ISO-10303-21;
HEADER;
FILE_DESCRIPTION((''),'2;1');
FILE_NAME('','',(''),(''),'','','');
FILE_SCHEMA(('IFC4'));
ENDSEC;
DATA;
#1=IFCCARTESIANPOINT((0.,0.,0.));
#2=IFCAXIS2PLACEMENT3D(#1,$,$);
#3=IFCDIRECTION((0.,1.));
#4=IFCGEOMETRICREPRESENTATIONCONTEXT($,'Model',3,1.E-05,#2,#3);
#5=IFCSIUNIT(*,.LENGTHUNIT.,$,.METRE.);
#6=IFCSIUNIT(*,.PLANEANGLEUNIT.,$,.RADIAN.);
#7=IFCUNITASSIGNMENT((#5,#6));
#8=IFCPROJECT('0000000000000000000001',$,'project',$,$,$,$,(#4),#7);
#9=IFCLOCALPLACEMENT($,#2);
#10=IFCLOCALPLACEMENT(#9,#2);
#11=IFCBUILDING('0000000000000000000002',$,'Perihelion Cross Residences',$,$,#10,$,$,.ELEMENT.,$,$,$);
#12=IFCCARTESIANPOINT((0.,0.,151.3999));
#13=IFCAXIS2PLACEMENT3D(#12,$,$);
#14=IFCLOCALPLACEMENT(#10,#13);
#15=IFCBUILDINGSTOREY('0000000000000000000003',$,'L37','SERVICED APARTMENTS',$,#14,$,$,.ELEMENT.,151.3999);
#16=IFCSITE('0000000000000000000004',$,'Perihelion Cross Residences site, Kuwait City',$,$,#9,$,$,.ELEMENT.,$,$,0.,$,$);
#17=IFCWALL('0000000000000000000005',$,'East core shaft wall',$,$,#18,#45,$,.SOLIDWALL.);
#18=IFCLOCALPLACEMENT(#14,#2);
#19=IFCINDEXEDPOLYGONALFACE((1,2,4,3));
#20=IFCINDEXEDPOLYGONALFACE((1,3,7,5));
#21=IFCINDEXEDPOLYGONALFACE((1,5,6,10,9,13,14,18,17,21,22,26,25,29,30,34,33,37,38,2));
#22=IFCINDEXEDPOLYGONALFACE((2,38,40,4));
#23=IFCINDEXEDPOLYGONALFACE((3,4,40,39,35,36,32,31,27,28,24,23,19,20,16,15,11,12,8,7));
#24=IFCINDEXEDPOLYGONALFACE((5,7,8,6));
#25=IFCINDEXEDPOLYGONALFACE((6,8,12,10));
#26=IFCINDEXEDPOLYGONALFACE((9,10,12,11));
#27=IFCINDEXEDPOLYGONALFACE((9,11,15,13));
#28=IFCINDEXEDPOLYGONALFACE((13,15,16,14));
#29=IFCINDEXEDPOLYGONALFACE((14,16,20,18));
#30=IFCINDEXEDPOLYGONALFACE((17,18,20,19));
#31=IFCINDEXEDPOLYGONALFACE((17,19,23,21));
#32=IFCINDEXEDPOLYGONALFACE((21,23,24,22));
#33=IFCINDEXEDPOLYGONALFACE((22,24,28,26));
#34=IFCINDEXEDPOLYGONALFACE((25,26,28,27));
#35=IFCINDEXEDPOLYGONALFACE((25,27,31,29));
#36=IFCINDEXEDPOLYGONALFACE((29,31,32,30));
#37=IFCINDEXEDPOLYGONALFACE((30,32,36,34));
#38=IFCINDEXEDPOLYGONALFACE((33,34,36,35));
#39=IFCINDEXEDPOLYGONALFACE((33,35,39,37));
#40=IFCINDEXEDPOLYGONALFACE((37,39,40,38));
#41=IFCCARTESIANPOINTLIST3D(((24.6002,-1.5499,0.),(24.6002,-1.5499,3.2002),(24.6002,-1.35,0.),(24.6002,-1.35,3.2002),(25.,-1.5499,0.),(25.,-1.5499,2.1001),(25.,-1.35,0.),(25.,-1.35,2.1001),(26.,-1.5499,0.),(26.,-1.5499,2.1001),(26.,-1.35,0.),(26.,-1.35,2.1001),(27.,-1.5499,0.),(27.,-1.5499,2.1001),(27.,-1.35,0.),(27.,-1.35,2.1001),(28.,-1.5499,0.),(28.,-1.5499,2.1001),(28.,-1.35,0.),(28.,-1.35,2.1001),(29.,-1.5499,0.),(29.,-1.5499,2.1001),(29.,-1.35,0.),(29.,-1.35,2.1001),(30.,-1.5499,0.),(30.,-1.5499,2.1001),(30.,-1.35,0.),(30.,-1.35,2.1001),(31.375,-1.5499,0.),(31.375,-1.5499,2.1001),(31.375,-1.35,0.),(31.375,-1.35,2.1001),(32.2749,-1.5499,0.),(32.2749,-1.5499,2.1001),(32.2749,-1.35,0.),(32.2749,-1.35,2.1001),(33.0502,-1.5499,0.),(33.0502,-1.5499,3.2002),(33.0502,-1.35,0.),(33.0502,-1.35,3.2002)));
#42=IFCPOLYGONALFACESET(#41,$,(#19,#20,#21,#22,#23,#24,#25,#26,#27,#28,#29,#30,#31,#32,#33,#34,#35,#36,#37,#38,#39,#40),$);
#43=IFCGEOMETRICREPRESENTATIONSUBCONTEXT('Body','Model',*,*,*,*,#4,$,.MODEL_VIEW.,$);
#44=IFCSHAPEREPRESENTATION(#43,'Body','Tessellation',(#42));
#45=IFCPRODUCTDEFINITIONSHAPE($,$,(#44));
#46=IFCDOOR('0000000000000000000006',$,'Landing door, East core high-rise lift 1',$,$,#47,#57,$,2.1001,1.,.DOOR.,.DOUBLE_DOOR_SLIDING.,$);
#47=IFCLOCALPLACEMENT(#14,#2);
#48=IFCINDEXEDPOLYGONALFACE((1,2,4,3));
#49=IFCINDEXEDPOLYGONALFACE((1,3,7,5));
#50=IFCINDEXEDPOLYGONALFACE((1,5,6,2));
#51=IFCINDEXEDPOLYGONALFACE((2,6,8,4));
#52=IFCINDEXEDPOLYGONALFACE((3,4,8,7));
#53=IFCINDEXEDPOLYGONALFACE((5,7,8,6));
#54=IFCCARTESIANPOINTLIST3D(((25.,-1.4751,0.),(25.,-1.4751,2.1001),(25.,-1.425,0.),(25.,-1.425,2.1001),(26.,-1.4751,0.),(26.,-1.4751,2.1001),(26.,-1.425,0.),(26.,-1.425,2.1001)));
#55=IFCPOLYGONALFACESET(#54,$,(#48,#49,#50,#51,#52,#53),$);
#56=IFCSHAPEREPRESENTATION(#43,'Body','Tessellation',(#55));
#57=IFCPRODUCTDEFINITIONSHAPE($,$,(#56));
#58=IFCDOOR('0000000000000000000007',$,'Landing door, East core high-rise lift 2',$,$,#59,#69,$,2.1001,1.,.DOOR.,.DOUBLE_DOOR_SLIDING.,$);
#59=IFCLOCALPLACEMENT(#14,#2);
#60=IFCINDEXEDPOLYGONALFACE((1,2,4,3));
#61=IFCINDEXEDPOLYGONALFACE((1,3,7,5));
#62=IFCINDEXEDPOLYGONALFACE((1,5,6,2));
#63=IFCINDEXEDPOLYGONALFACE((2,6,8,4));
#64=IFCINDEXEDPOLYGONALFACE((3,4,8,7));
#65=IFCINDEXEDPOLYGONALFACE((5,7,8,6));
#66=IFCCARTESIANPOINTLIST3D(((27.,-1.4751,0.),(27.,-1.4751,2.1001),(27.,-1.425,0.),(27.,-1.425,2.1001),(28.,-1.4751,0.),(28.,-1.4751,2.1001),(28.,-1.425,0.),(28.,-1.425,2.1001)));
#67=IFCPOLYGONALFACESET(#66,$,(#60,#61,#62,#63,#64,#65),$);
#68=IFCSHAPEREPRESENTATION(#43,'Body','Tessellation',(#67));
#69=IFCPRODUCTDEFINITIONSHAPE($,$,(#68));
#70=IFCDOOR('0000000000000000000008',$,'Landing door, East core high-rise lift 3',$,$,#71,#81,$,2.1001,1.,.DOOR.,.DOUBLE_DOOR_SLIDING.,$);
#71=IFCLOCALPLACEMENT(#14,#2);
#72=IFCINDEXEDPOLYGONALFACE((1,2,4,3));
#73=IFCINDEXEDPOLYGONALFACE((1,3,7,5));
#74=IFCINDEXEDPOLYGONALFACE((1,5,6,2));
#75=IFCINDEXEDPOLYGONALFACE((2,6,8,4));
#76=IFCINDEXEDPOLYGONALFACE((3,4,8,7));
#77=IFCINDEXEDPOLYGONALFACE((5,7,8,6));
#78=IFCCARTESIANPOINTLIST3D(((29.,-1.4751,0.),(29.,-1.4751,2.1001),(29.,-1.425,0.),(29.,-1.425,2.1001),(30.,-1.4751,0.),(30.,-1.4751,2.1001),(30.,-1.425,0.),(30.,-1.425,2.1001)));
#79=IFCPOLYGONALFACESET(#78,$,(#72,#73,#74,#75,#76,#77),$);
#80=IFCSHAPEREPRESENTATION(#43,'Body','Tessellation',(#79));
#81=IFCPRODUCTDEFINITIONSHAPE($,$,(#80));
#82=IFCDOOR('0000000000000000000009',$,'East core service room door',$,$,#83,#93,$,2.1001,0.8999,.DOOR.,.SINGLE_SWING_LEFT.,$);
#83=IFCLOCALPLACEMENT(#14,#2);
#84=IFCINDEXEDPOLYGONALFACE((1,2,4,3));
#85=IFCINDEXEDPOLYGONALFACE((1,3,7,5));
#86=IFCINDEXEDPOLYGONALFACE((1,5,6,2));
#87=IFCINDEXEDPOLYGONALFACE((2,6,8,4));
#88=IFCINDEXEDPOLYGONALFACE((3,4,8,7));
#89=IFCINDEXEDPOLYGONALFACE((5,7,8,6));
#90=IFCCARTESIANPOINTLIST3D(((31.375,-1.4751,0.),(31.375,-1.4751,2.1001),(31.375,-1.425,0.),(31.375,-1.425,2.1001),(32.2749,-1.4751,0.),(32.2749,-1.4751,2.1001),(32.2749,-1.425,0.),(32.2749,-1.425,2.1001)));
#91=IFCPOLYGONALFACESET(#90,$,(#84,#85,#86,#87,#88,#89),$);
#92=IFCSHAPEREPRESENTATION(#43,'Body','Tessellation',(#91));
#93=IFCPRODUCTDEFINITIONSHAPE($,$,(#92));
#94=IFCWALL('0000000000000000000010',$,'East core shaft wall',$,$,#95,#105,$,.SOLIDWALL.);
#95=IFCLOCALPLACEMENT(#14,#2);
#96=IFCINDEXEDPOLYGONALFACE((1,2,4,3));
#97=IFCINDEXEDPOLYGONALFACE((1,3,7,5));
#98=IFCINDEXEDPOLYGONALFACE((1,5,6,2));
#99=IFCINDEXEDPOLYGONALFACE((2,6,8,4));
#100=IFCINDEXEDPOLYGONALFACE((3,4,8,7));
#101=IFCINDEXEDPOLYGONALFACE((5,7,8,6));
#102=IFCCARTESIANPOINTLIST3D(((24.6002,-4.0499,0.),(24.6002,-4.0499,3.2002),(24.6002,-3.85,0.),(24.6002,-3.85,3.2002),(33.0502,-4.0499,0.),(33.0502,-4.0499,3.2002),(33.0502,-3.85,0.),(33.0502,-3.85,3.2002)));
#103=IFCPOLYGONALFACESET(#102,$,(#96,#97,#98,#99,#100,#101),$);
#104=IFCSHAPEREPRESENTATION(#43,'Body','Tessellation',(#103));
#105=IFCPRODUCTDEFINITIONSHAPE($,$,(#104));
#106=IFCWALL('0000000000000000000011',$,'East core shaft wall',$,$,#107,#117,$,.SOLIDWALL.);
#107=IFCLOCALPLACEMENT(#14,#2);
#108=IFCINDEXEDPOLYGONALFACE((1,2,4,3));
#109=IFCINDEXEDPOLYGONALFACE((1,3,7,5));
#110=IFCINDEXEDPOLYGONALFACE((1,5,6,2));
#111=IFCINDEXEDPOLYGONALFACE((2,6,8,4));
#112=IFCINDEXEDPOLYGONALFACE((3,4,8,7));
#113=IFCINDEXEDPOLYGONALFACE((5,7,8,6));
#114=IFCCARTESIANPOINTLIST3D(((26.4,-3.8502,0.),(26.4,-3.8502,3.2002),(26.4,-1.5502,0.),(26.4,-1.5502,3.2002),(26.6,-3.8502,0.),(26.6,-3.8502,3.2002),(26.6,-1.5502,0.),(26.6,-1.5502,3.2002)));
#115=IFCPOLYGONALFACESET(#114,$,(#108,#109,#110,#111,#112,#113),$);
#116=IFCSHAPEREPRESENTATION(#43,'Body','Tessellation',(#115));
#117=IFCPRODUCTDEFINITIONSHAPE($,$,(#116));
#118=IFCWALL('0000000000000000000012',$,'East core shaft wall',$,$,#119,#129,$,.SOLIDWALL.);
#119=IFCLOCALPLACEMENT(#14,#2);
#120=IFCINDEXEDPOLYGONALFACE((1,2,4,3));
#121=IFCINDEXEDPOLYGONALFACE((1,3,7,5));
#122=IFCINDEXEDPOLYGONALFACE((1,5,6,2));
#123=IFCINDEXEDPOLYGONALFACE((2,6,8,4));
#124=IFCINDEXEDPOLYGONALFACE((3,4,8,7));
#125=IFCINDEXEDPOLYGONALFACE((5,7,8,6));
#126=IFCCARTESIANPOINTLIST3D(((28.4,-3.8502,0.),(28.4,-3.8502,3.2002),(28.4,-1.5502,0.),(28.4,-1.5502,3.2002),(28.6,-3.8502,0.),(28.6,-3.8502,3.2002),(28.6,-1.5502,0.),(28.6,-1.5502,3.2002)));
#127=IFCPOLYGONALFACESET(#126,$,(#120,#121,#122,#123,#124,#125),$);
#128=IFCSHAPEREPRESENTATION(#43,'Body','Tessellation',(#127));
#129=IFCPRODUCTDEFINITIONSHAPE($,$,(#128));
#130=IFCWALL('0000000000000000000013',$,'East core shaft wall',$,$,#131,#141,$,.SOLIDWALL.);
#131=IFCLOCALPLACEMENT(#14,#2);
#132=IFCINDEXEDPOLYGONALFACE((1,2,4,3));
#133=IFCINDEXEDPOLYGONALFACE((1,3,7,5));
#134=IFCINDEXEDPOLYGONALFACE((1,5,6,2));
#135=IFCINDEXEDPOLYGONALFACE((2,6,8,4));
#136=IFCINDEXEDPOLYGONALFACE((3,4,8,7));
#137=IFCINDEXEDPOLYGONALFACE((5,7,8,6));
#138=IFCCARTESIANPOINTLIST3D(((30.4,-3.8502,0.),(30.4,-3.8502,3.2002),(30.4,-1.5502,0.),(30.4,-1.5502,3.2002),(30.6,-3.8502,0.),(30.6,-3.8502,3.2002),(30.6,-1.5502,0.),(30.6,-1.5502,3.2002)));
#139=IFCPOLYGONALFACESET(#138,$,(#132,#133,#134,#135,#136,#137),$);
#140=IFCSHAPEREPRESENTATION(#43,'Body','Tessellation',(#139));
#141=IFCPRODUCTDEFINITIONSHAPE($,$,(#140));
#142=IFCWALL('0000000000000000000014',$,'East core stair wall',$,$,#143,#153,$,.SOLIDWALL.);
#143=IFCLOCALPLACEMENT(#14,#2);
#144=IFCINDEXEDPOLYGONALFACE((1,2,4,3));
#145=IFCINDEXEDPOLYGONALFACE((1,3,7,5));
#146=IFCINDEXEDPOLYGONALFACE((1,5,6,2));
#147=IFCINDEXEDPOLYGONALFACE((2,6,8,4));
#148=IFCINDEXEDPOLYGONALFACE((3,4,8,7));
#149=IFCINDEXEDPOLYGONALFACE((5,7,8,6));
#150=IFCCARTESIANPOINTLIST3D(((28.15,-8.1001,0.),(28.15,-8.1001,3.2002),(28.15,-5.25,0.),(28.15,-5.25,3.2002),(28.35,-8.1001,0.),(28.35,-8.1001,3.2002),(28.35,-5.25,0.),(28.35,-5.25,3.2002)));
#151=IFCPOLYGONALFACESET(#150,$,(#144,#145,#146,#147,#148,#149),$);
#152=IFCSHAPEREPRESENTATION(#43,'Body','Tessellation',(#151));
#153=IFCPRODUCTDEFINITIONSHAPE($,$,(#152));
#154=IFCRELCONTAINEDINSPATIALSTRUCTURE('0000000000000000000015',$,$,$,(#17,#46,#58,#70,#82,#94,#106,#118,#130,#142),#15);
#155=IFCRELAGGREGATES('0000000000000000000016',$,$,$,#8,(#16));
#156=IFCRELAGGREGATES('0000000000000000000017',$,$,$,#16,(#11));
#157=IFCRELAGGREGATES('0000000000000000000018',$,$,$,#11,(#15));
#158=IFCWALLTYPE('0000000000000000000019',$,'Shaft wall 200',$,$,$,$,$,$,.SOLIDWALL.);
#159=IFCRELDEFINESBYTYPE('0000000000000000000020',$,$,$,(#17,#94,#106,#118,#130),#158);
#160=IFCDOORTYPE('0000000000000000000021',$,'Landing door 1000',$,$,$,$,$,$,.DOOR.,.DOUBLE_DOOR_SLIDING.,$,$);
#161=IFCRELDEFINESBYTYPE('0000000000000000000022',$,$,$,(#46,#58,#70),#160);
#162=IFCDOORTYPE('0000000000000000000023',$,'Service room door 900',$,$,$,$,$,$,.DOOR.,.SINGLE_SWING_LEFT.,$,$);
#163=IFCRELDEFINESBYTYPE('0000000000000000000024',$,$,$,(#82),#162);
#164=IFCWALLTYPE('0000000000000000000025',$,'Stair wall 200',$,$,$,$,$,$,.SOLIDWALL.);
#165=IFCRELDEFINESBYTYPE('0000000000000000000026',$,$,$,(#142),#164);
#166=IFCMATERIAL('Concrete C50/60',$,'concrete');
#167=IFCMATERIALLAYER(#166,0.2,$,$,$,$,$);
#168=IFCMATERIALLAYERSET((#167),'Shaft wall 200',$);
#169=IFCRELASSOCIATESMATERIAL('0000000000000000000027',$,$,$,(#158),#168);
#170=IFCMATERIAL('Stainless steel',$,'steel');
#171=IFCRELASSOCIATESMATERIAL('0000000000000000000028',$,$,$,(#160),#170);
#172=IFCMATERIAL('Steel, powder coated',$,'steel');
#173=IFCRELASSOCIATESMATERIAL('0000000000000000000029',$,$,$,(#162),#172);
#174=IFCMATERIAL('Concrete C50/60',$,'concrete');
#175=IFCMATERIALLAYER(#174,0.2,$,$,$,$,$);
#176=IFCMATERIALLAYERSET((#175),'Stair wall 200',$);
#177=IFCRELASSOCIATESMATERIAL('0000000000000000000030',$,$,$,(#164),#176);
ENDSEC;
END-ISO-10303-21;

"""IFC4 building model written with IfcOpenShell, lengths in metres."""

from ifc_helpers import new_model, si_unit, direction, frame, frame_2d, origin, place, context, subcontext, project, spatial, rectangle, extrude, material, layer, layer_set, type_object, element, fill, save


model = new_model("IFC4")

# Units and contexts
model_context = context("Model", 3, precision=1e-05, world=origin(), true_north=direction((0.0, 1.0)))
body_context = subcontext(model_context, "Body", "Model", "MODEL_VIEW")
ifc_project = project(units=[si_unit("LENGTHUNIT", "METRE"), si_unit("PLANEANGLEUNIT", "RADIAN")], contexts=[model_context])

# Site, building, storey
site_placement = place(None, origin())
site = spatial("IfcSite", under=ifc_project, at=site_placement, Name="Perihelion Cross Residences site, Kuwait City", CompositionType="ELEMENT", RefElevation=0.0)
building_placement = place(site_placement, origin())
building = spatial("IfcBuilding", under=site, at=building_placement, Name="Perihelion Cross Residences", CompositionType="ELEMENT")
storey_placement = place(building_placement, frame((0.0, 0.0, 151.3999)))
storey = spatial("IfcBuildingStorey", under=building, at=storey_placement, Name="L37", Description="SERVICED APARTMENTS", CompositionType="ELEMENT", Elevation=151.3999)

# Wall, openings, doors
ifc_material_1 = material(Name="Concrete C50/60", Category="concrete")
ifc_layer_1 = layer(ifc_material_1, 0.2)
ifc_layer_set_1 = layer_set([ifc_layer_1], Name="Shaft wall 200")
wall_type_1 = type_object("IfcWallType", Name="Shaft wall 200", PredefinedType="SOLIDWALL", material=ifc_layer_set_1)
wall_1_placement = place(storey_placement, frame((24.6001, -1.45, 0.0), z_axis=(0.0, 0.0, 1.0), x_axis=(1.0, 0.0, 0.0)))
wall_1 = element("IfcWall", 1, at=wall_1_placement, inside=storey, type_object=wall_type_1, Name="East core shaft wall", PredefinedType="SOLIDWALL", context=body_context, shape_type="SweptSolid", body=[
    extrude(rectangle(XDim=8.45, YDim=0.2, at=frame_2d((4.2251, 0.0))), origin(), (0.0, 0.0, 1.0), 3.2002),
])
opening_1_placement = place(wall_1_placement, frame((0.3999, 0.0, 0.0)))
opening_1 = element("IfcOpeningElement", 2, at=opening_1_placement, cuts=wall_1, PredefinedType="OPENING", context=body_context, shape_type="SweptSolid", body=[
    extrude(rectangle(XDim=1.0, YDim=2.1001, at=frame_2d((0.5, 1.05))), frame((0.0, 0.1099, 0.0), z_axis=(0.0, -1.0, 0.0), x_axis=(1.0, 0.0, 0.0)), (0.0, 0.0, 1.0), 0.22),
])
opening_2_placement = place(wall_1_placement, frame((2.3999, 0.0, 0.0)))
opening_2 = element("IfcOpeningElement", 3, at=opening_2_placement, cuts=wall_1, PredefinedType="OPENING", context=body_context, shape_type="SweptSolid", body=[
    extrude(rectangle(XDim=1.0, YDim=2.1001, at=frame_2d((0.5, 1.05))), frame((0.0, 0.1099, 0.0), z_axis=(0.0, -1.0, 0.0), x_axis=(1.0, 0.0, 0.0)), (0.0, 0.0, 1.0), 0.22),
])
opening_3_placement = place(wall_1_placement, frame((4.3999, 0.0, 0.0)))
opening_3 = element("IfcOpeningElement", 4, at=opening_3_placement, cuts=wall_1, PredefinedType="OPENING", context=body_context, shape_type="SweptSolid", body=[
    extrude(rectangle(XDim=1.0, YDim=2.1001, at=frame_2d((0.5, 1.05))), frame((0.0, 0.1099, 0.0), z_axis=(0.0, -1.0, 0.0), x_axis=(1.0, 0.0, 0.0)), (0.0, 0.0, 1.0), 0.22),
])
opening_4_placement = place(wall_1_placement, frame((6.7749, 0.0, 0.0)))
opening_4 = element("IfcOpeningElement", 5, at=opening_4_placement, cuts=wall_1, PredefinedType="OPENING", context=body_context, shape_type="SweptSolid", body=[
    extrude(rectangle(XDim=0.8999, YDim=2.1001, at=frame_2d((0.45, 1.05))), frame((0.0, 0.1099, 0.0), z_axis=(0.0, -1.0, 0.0), x_axis=(1.0, 0.0, 0.0)), (0.0, 0.0, 1.0), 0.22),
])
ifc_material_2 = material(Name="Stainless steel", Category="steel")
door_type_1 = type_object("IfcDoorType", Name="Landing door 1000", OperationType="DOUBLE_DOOR_SLIDING", PredefinedType="DOOR", material=ifc_material_2)
door_1_placement = place(opening_1_placement, origin())
door_1 = element("IfcDoor", 6, at=door_1_placement, inside=storey, type_object=door_type_1, Name="Landing door, East core high-rise lift 1", OperationType="DOUBLE_DOOR_SLIDING", OverallHeight=2.1001, OverallWidth=1.0, PredefinedType="DOOR", context=body_context, shape_type="SweptSolid", body=[
    extrude(rectangle(XDim=1.0, YDim=2.1001, at=frame_2d((0.5, 1.05))), frame((0.0, 0.0249, 0.0), z_axis=(0.0, -1.0, 0.0), x_axis=(1.0, 0.0, 0.0)), (0.0, 0.0, 1.0), 0.05),
])
fill(opening_1, door_1)
door_2_placement = place(opening_2_placement, origin())
door_2 = element("IfcDoor", 7, at=door_2_placement, inside=storey, type_object=door_type_1, Name="Landing door, East core high-rise lift 2", OperationType="DOUBLE_DOOR_SLIDING", OverallHeight=2.1001, OverallWidth=1.0, PredefinedType="DOOR", context=body_context, shape_type="SweptSolid", body=[
    extrude(rectangle(XDim=1.0, YDim=2.1001, at=frame_2d((0.5, 1.05))), frame((0.0, 0.0249, 0.0), z_axis=(0.0, -1.0, 0.0), x_axis=(1.0, 0.0, 0.0)), (0.0, 0.0, 1.0), 0.05),
])
fill(opening_2, door_2)
door_3_placement = place(opening_3_placement, origin())
door_3 = element("IfcDoor", 8, at=door_3_placement, inside=storey, type_object=door_type_1, Name="Landing door, East core high-rise lift 3", OperationType="DOUBLE_DOOR_SLIDING", OverallHeight=2.1001, OverallWidth=1.0, PredefinedType="DOOR", context=body_context, shape_type="SweptSolid", body=[
    extrude(rectangle(XDim=1.0, YDim=2.1001, at=frame_2d((0.5, 1.05))), frame((0.0, 0.0249, 0.0), z_axis=(0.0, -1.0, 0.0), x_axis=(1.0, 0.0, 0.0)), (0.0, 0.0, 1.0), 0.05),
])
fill(opening_3, door_3)
ifc_material_3 = material(Name="Steel, powder coated", Category="steel")
door_type_2 = type_object("IfcDoorType", Name="Service room door 900", OperationType="SINGLE_SWING_LEFT", PredefinedType="DOOR", material=ifc_material_3)
door_4_placement = place(opening_4_placement, origin())
door_4 = element("IfcDoor", 9, at=door_4_placement, inside=storey, type_object=door_type_2, Name="East core service room door", OperationType="SINGLE_SWING_LEFT", OverallHeight=2.1001, OverallWidth=0.8999, PredefinedType="DOOR", context=body_context, shape_type="SweptSolid", body=[
    extrude(rectangle(XDim=0.8999, YDim=2.1001, at=frame_2d((0.45, 1.05))), frame((0.0, 0.0249, 0.0), z_axis=(0.0, -1.0, 0.0), x_axis=(1.0, 0.0, 0.0)), (0.0, 0.0, 1.0), 0.05),
])
fill(opening_4, door_4)

# Walls
wall_2_placement = place(storey_placement, frame((24.6001, -3.95, 0.0), z_axis=(0.0, 0.0, 1.0), x_axis=(1.0, 0.0, 0.0)))
element("IfcWall", 10, at=wall_2_placement, inside=storey, type_object=wall_type_1, Name="East core shaft wall", PredefinedType="SOLIDWALL", context=body_context, shape_type="SweptSolid", body=[
    extrude(rectangle(XDim=8.45, YDim=0.2, at=frame_2d((4.2251, 0.0))), origin(), (0.0, 0.0, 1.0), 3.2002),
])
for number, where, z_axis, x_axis, name in (
    (11, (26.5, -3.8501, 0.0), (0.0, 0.0, 1.0), (0.0, 1.0, 0.0), "East core shaft wall"),
    (12, (28.5, -3.8501, 0.0), (0.0, 0.0, 1.0), (0.0, 1.0, 0.0), "East core shaft wall"),
    (13, (30.5, -3.8501, 0.0), (0.0, 0.0, 1.0), (0.0, 1.0, 0.0), "East core shaft wall"),
):
    element("IfcWall", number, at=place(storey_placement, frame(where, z_axis=z_axis, x_axis=x_axis)), inside=storey, type_object=wall_type_1, Name=name, PredefinedType="SOLIDWALL", context=body_context, shape_type="SweptSolid", body=[
        extrude(rectangle(XDim=2.3, YDim=0.2, at=frame_2d((1.1499, 0.0))), origin(), (0.0, 0.0, 1.0), 3.2002),
    ])
ifc_material_4 = material(Name="Concrete C50/60", Category="concrete")
ifc_layer_2 = layer(ifc_material_4, 0.2)
ifc_layer_set_2 = layer_set([ifc_layer_2], Name="Stair wall 200")
wall_type_2 = type_object("IfcWallType", Name="Stair wall 200", PredefinedType="SOLIDWALL", material=ifc_layer_set_2)
wall_3_placement = place(storey_placement, frame((28.25, -8.1001, 0.0), z_axis=(0.0, 0.0, 1.0), x_axis=(0.0, 1.0, 0.0)))
element("IfcWall", 14, at=wall_3_placement, inside=storey, type_object=wall_type_2, Name="East core stair wall", PredefinedType="SOLIDWALL", context=body_context, shape_type="SweptSolid", body=[
    extrude(rectangle(XDim=2.8501, YDim=0.2, at=frame_2d((1.425, 0.0))), origin(), (0.0, 0.0, 1.0), 3.2002),
])

save(model, "model.ifc")
